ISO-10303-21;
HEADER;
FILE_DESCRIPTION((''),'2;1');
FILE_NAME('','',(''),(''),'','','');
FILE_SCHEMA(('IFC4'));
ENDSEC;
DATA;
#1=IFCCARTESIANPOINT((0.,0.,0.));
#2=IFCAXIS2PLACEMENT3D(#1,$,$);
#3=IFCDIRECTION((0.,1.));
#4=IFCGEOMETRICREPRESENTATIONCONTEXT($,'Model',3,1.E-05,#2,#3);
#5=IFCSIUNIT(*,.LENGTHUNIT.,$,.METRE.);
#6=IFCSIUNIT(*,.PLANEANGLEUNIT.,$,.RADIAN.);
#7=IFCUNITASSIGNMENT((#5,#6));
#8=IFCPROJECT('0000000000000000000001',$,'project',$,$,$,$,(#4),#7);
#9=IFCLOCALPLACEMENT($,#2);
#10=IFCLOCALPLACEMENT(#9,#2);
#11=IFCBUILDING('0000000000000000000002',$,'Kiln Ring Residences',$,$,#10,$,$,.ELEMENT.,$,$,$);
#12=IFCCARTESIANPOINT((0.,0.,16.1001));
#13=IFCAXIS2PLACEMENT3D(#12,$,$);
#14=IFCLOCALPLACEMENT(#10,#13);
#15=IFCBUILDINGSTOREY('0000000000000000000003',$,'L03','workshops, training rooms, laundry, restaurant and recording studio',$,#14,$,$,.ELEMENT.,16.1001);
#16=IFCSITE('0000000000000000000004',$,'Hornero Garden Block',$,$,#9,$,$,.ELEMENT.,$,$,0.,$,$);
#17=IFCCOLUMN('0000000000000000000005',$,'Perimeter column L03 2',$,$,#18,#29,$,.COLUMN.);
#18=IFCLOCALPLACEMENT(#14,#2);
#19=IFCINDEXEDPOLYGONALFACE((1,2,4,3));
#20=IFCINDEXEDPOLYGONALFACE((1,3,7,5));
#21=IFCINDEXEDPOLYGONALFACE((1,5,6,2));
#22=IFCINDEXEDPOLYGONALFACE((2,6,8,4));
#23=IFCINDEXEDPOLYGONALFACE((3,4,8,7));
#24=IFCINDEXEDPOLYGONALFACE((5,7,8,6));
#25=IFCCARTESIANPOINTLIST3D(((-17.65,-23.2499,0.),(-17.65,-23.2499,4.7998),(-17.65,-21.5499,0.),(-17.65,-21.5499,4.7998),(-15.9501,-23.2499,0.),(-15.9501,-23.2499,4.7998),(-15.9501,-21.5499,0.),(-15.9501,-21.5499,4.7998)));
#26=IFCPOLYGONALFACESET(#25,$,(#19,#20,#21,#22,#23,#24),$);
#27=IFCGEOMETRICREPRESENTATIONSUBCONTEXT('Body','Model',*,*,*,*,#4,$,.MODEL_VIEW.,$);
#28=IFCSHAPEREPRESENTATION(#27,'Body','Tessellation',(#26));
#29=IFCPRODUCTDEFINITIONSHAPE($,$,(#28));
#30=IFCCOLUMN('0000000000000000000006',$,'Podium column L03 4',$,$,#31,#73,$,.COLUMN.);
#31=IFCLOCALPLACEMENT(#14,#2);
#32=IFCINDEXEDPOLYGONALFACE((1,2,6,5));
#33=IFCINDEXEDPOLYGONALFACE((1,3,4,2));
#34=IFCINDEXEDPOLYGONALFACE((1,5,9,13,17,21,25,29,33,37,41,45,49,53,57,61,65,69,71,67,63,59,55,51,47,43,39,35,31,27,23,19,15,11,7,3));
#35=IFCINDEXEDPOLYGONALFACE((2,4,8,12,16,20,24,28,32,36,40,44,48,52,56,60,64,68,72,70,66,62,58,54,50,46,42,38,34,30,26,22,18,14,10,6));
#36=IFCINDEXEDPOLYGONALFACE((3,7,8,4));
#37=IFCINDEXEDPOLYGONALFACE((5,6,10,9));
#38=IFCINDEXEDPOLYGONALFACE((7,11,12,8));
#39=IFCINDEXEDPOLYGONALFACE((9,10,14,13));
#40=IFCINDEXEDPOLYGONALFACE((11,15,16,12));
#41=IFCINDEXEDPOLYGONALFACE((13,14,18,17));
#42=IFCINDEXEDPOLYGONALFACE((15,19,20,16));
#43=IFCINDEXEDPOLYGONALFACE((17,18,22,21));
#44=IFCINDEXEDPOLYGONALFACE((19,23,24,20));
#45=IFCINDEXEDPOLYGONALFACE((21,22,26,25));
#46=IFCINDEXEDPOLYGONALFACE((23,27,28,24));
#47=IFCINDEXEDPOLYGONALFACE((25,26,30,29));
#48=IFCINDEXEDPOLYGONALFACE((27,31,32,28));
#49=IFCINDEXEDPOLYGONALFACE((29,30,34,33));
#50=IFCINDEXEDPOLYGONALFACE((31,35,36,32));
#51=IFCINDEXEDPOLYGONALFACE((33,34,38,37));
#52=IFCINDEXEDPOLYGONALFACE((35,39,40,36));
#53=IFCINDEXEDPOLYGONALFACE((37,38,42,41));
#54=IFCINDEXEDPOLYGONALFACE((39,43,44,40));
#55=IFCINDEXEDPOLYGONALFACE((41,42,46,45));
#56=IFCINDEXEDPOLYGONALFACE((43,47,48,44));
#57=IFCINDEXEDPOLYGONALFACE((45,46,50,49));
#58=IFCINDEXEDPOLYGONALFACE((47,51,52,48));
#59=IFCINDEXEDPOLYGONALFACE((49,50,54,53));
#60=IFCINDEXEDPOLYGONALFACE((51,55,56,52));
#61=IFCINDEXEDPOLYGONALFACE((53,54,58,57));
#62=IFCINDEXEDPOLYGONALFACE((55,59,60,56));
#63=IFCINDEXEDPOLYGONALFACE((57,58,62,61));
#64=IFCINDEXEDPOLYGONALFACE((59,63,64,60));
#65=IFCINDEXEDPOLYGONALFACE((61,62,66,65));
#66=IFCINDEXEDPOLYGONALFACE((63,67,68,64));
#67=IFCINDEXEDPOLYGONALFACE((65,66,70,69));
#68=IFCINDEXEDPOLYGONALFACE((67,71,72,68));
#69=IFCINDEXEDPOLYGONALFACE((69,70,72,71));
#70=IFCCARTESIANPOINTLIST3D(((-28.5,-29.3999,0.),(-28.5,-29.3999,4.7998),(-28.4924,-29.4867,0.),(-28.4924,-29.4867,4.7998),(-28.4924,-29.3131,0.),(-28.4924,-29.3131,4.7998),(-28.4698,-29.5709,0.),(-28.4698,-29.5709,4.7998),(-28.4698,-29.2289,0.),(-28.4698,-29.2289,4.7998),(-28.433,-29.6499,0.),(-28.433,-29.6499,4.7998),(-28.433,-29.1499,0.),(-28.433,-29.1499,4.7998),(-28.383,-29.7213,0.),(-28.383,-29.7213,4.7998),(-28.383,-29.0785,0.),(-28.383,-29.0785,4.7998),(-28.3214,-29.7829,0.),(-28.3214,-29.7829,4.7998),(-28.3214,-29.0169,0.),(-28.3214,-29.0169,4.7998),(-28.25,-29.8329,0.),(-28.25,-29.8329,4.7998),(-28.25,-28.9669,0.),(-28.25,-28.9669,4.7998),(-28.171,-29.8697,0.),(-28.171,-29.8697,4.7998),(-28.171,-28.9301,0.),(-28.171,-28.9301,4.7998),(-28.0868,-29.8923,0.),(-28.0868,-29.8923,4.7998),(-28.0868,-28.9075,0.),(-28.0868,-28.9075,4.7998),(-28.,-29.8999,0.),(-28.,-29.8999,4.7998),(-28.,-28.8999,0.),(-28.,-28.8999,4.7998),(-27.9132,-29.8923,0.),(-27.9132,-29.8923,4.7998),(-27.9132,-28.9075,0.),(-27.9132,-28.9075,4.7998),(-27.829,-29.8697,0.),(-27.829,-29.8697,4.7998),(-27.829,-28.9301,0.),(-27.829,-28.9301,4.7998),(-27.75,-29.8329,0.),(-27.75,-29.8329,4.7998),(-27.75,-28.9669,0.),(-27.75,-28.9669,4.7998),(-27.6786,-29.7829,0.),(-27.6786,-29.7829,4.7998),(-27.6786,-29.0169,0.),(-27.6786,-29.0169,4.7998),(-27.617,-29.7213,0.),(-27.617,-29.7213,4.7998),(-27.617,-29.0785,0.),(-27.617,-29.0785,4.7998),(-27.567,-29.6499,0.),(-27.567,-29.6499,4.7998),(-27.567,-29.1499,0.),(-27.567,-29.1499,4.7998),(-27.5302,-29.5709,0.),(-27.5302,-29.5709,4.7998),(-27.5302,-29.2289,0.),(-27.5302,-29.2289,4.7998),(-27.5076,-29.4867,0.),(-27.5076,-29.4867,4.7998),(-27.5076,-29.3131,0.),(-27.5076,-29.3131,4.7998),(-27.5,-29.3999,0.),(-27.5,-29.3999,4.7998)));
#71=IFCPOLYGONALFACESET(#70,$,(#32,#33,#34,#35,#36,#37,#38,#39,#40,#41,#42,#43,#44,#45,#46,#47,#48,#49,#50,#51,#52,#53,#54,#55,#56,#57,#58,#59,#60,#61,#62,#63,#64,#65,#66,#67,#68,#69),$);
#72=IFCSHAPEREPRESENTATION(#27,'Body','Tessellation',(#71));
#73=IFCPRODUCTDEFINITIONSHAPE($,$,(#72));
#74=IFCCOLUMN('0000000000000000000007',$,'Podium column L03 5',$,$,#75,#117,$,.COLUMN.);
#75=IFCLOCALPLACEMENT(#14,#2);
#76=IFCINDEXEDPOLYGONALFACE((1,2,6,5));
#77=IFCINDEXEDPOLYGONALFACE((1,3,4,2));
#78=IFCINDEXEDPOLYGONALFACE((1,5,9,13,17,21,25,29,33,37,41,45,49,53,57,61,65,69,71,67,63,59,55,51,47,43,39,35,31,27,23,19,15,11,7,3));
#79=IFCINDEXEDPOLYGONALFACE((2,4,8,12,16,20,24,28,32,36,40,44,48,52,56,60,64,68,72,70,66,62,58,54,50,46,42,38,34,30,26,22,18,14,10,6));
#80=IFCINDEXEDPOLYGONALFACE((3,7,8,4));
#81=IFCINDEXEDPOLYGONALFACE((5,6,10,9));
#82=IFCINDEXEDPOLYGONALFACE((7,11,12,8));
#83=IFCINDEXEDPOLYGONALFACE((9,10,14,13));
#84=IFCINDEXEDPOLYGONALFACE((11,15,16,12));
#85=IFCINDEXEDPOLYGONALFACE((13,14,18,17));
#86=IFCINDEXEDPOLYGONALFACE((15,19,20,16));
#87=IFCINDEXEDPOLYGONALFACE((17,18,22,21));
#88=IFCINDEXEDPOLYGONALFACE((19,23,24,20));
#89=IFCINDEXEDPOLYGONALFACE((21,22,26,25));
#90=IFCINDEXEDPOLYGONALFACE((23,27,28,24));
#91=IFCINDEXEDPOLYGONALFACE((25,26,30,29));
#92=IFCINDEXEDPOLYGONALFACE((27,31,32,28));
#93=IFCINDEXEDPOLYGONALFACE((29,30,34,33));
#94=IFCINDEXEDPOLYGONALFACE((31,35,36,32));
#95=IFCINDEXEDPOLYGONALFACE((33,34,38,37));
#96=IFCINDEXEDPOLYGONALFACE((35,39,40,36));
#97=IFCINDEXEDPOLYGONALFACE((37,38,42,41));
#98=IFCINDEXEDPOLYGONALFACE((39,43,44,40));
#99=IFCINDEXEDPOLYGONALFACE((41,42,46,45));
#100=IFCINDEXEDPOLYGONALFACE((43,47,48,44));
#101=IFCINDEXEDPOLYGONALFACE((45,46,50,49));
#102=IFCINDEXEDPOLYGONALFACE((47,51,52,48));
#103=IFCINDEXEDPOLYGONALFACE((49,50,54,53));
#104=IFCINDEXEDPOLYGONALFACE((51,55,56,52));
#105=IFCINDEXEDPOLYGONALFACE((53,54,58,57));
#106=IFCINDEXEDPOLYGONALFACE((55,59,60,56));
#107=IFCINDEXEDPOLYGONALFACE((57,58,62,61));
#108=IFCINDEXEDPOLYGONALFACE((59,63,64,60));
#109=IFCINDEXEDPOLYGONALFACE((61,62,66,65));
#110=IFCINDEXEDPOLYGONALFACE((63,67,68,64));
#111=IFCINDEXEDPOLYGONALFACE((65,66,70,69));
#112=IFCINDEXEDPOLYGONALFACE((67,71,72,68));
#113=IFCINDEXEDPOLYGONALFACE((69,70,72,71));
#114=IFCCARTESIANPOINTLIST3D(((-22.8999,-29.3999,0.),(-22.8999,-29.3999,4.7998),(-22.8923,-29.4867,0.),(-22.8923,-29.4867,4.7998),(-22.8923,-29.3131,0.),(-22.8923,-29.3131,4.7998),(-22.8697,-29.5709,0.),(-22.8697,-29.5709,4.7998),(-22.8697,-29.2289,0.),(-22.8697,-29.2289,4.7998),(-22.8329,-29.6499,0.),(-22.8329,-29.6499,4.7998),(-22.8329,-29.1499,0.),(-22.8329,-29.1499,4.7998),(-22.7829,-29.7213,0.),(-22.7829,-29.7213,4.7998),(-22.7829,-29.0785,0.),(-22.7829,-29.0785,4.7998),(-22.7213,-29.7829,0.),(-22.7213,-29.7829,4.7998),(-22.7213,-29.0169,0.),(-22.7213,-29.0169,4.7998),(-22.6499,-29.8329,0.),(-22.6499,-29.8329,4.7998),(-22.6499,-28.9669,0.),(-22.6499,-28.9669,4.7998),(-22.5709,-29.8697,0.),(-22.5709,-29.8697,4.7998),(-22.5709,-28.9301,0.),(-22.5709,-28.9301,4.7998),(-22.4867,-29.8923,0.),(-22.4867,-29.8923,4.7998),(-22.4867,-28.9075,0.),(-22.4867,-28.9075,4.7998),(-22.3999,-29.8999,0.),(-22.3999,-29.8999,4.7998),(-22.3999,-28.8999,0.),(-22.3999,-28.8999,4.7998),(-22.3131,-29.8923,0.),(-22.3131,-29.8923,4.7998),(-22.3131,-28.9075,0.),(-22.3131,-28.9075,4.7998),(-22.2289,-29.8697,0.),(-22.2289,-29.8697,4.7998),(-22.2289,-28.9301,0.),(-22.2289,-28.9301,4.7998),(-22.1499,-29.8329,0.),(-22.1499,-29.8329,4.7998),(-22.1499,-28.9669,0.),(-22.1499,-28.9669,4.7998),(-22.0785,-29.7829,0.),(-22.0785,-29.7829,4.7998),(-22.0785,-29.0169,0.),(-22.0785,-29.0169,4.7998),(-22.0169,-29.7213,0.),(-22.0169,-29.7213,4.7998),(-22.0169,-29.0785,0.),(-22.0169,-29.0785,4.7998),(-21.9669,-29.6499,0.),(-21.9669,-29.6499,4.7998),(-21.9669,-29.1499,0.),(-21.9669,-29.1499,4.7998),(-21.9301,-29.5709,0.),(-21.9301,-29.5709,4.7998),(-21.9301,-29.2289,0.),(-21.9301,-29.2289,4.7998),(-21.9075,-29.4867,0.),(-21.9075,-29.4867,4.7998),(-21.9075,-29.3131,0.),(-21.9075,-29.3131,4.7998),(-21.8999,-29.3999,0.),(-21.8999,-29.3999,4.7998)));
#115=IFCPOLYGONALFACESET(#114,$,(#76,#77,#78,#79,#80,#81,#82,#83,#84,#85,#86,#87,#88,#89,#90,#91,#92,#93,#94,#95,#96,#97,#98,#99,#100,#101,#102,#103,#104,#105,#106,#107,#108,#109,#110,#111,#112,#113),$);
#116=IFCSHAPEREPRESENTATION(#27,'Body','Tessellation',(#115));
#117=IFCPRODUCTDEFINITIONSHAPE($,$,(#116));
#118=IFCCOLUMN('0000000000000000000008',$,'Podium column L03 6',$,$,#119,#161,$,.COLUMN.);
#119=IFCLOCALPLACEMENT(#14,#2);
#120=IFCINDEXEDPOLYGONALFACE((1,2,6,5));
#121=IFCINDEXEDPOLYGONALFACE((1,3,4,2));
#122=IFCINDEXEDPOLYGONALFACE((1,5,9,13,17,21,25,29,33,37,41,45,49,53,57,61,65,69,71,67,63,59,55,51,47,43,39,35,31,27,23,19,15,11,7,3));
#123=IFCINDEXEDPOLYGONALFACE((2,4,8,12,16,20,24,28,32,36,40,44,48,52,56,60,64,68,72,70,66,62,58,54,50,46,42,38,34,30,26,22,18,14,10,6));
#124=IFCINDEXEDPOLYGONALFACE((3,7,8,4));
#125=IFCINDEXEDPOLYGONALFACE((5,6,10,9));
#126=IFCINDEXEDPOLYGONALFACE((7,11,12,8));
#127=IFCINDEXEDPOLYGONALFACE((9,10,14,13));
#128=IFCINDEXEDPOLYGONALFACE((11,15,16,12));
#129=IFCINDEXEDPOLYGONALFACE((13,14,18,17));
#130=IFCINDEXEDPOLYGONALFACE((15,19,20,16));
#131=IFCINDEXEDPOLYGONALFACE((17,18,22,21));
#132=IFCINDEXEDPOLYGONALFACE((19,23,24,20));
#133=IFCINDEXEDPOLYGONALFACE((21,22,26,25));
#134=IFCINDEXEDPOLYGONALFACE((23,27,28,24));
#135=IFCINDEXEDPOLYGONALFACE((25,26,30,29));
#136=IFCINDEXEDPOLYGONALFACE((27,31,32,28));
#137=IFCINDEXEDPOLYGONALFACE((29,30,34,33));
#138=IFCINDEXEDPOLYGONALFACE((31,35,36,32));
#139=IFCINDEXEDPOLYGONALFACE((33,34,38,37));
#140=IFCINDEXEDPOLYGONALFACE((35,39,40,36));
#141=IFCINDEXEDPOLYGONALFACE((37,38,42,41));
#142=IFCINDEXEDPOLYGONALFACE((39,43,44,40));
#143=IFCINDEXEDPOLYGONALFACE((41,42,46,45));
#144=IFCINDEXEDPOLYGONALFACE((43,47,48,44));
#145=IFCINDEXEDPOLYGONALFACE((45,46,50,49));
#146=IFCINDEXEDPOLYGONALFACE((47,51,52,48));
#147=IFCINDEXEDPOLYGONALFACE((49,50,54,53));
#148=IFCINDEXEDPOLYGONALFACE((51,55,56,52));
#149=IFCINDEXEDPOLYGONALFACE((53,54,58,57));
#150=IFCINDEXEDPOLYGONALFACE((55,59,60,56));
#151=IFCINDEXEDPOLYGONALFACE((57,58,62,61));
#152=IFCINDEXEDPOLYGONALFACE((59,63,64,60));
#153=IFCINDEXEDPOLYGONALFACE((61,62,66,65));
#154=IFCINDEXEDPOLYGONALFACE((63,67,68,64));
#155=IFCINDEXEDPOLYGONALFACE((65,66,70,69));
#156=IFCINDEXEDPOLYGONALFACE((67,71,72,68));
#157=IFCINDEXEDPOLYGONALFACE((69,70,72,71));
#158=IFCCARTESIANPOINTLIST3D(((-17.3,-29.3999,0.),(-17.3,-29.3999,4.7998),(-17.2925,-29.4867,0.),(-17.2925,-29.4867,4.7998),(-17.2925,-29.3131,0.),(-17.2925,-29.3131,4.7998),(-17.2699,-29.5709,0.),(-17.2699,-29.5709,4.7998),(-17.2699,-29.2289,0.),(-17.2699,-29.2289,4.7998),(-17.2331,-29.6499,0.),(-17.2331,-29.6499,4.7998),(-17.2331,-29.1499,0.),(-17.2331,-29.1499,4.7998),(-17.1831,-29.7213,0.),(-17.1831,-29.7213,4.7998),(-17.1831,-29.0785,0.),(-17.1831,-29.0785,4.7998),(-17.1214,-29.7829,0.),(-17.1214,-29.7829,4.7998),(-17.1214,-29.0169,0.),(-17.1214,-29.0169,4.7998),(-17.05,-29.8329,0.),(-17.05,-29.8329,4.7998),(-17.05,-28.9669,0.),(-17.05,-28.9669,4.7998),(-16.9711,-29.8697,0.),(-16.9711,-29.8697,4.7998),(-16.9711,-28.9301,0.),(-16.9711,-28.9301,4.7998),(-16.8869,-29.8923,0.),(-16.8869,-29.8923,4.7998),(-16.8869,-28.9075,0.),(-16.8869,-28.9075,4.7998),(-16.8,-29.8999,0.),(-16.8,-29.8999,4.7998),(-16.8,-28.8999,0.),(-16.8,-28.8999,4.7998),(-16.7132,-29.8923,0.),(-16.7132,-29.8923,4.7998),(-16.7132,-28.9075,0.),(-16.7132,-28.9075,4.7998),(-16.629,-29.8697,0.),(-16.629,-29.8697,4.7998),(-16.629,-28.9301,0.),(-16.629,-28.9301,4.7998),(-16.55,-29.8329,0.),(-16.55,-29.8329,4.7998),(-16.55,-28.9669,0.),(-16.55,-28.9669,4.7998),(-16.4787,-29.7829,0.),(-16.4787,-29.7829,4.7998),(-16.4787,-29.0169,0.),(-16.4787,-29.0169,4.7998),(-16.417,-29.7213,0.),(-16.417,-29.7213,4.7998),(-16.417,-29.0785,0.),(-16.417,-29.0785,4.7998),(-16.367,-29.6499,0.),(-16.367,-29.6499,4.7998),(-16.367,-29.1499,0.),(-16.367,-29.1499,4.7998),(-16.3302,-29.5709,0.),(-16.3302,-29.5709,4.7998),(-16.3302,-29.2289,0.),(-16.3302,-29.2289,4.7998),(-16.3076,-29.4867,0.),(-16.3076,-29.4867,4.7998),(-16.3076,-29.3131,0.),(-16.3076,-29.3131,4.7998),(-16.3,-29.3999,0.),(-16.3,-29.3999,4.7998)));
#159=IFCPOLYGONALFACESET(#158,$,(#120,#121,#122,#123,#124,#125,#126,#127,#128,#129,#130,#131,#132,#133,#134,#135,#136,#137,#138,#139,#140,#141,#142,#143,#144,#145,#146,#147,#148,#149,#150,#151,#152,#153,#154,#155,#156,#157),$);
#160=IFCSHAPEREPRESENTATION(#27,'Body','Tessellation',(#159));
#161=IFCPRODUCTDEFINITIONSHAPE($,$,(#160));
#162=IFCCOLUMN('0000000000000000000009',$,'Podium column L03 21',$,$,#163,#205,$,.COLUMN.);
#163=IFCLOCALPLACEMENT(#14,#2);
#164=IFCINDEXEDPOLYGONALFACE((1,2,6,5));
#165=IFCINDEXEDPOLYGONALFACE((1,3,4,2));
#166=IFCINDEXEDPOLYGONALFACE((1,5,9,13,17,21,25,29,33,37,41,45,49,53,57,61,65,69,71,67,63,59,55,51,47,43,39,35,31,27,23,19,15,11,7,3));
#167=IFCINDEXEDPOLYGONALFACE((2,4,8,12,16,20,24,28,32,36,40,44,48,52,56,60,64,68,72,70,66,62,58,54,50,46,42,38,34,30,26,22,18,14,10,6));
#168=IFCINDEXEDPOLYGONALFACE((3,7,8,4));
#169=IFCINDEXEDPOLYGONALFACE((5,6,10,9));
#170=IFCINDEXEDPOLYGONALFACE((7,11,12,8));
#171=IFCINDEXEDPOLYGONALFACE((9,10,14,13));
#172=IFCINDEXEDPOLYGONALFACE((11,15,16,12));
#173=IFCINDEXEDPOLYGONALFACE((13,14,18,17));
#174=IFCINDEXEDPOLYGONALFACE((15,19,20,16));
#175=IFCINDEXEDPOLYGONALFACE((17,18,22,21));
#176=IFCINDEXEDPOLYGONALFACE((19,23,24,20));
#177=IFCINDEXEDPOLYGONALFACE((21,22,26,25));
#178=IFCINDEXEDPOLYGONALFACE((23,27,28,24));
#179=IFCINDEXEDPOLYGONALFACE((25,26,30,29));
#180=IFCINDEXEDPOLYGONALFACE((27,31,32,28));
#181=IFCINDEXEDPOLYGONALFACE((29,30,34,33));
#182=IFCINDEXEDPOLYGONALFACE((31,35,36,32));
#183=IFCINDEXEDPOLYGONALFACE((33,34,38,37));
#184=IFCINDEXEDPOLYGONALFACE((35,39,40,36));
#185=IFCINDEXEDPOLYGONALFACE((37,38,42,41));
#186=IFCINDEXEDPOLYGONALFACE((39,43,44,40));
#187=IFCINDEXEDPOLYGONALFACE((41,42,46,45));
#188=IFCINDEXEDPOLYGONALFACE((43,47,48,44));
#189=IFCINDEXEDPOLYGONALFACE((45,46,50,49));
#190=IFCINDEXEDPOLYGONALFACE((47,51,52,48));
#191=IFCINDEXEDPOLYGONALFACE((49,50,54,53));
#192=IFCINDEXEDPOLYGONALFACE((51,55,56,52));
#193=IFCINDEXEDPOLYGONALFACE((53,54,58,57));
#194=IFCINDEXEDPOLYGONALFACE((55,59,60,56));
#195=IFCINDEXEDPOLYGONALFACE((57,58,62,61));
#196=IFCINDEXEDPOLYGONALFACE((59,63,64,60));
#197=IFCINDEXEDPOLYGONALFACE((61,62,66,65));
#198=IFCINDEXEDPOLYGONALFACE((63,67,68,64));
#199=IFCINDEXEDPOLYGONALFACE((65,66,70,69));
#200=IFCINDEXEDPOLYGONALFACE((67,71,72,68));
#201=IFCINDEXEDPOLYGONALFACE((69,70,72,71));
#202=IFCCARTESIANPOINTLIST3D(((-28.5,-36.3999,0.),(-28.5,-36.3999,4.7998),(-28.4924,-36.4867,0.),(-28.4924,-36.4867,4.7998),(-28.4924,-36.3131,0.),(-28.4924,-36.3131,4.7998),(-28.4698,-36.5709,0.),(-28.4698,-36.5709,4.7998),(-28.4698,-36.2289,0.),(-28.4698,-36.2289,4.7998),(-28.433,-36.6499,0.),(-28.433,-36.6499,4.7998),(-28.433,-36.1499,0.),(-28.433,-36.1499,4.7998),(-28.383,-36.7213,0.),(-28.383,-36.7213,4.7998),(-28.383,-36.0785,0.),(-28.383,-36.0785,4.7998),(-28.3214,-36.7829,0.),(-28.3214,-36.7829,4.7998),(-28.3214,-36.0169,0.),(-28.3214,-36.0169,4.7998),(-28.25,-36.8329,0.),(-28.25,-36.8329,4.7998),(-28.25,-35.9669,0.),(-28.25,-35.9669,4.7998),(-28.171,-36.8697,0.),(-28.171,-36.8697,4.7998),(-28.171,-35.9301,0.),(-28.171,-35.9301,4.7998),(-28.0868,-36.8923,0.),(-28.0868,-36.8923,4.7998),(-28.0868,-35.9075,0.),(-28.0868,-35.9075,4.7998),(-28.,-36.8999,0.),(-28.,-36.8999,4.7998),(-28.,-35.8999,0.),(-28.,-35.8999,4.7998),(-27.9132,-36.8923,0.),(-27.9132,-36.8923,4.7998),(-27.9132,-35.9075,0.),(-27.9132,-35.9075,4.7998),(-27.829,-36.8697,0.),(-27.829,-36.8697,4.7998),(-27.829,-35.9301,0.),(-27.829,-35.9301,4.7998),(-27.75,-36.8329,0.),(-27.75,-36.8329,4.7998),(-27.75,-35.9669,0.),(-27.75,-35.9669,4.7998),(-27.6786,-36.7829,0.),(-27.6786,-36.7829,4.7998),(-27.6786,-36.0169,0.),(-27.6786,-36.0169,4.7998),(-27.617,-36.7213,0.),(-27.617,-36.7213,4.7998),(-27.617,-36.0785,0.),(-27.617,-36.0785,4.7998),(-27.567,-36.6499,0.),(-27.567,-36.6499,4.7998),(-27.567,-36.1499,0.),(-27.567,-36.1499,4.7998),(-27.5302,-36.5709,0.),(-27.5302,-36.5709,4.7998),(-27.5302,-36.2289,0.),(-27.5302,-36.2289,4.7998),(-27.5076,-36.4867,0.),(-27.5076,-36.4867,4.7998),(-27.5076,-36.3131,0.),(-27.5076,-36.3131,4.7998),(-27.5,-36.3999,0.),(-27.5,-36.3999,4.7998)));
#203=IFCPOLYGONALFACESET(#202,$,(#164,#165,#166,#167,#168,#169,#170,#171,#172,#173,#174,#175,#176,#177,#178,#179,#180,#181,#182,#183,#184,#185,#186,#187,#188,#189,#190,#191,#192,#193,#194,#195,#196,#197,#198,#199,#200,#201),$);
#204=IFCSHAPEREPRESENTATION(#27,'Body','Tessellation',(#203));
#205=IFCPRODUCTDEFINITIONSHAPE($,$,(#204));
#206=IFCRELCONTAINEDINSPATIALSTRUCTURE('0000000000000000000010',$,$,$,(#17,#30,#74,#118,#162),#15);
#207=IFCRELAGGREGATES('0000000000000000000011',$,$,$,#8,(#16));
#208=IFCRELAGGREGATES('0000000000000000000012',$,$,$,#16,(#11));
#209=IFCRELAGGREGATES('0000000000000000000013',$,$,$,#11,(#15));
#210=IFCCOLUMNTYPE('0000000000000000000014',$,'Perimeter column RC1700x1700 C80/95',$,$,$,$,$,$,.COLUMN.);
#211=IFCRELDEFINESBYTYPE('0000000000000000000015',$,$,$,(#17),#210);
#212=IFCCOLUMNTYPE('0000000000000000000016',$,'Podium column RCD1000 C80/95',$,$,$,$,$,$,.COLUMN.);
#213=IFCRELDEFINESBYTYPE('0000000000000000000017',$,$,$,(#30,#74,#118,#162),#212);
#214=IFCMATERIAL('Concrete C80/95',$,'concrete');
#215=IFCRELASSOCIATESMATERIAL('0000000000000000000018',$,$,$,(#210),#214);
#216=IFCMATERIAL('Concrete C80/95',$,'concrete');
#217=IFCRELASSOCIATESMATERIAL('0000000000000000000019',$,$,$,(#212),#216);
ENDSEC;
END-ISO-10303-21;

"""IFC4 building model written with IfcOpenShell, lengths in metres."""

from ifc_helpers import new_model, si_unit, direction, frame, origin, origin_2d, place, context, subcontext, project, spatial, rectangle, circle, extrude, material, material_profile, profile_set, type_object, element, save


model = new_model("IFC4")

# Units and contexts
model_context = context("Model", 3, precision=1e-05, world=origin(), true_north=direction((0.0, 1.0)))
body_context = subcontext(model_context, "Body", "Model", "MODEL_VIEW")
ifc_project = project(units=[si_unit("LENGTHUNIT", "METRE"), si_unit("PLANEANGLEUNIT", "RADIAN")], contexts=[model_context])

# Site, building, storey
site_placement = place(None, origin())
site = spatial("IfcSite", under=ifc_project, at=site_placement, Name="Hornero Garden Block", CompositionType="ELEMENT", RefElevation=0.0)
building_placement = place(site_placement, origin())
building = spatial("IfcBuilding", under=site, at=building_placement, Name="Kiln Ring Residences", CompositionType="ELEMENT")
storey_placement = place(building_placement, frame((0.0, 0.0, 16.1001)))
storey = spatial("IfcBuildingStorey", under=building, at=storey_placement, Name="L03", Description="workshops, training rooms, laundry, restaurant and recording studio", CompositionType="ELEMENT", Elevation=16.1001)

# Columns
ifc_material_1 = material(Name="Concrete C80/95", Category="concrete")
ifc_material_profile_1 = material_profile(ifc_material_1, rectangle(XDim=1.7, YDim=1.7, at=origin_2d()), Name="RC1700x1700")
ifc_profile_set_1 = profile_set([ifc_material_profile_1], Name="Concrete C80/95")
column_type_1 = type_object("IfcColumnType", Name="Perimeter column RC1700x1700 C80/95", PredefinedType="COLUMN", material=ifc_profile_set_1)
column_placement = place(storey_placement, frame((-16.8, -22.3999, 0.0), z_axis=(0.0, 0.0, 1.0), x_axis=(1.0, 0.0, 0.0)))
element("IfcColumn", 1, at=column_placement, inside=storey, type_object=column_type_1, Name="Perimeter column L03 2", PredefinedType="COLUMN", context=body_context, shape_type="SweptSolid", body=[
    extrude(rectangle(XDim=1.7, YDim=1.7, at=origin_2d()), origin(), (0.0, 0.0, 1.0), 4.7998),
])
ifc_material_2 = material(Name="Concrete C80/95", Category="concrete")
ifc_material_profile_2 = material_profile(ifc_material_2, circle(Radius=0.5, at=origin_2d()), Name="RCD1000")
ifc_profile_set_2 = profile_set([ifc_material_profile_2], Name="Concrete C80/95")
column_type_2 = type_object("IfcColumnType", Name="Podium column RCD1000 C80/95", PredefinedType="COLUMN", material=ifc_profile_set_2)
for number, where, z_axis, x_axis, name in (
    (2, (-28.0, -29.3999, 0.0), (0.0, 0.0, 1.0), (1.0, 0.0, 0.0), "Podium column L03 4"),
    (3, (-22.3999, -29.3999, 0.0), (0.0, 0.0, 1.0), (1.0, 0.0, 0.0), "Podium column L03 5"),
    (4, (-16.8, -29.3999, 0.0), (0.0, 0.0, 1.0), (1.0, 0.0, 0.0), "Podium column L03 6"),
    (5, (-28.0, -36.3999, 0.0), (0.0, 0.0, 1.0), (1.0, 0.0, 0.0), "Podium column L03 21"),
):
    element("IfcColumn", number, at=place(storey_placement, frame(where, z_axis=z_axis, x_axis=x_axis)), inside=storey, type_object=column_type_2, Name=name, PredefinedType="COLUMN", context=body_context, shape_type="SweptSolid", body=[
        extrude(circle(Radius=0.5, at=origin_2d()), origin(), (0.0, 0.0, 1.0), 4.7998),
    ])

save(model, "model.ifc")
